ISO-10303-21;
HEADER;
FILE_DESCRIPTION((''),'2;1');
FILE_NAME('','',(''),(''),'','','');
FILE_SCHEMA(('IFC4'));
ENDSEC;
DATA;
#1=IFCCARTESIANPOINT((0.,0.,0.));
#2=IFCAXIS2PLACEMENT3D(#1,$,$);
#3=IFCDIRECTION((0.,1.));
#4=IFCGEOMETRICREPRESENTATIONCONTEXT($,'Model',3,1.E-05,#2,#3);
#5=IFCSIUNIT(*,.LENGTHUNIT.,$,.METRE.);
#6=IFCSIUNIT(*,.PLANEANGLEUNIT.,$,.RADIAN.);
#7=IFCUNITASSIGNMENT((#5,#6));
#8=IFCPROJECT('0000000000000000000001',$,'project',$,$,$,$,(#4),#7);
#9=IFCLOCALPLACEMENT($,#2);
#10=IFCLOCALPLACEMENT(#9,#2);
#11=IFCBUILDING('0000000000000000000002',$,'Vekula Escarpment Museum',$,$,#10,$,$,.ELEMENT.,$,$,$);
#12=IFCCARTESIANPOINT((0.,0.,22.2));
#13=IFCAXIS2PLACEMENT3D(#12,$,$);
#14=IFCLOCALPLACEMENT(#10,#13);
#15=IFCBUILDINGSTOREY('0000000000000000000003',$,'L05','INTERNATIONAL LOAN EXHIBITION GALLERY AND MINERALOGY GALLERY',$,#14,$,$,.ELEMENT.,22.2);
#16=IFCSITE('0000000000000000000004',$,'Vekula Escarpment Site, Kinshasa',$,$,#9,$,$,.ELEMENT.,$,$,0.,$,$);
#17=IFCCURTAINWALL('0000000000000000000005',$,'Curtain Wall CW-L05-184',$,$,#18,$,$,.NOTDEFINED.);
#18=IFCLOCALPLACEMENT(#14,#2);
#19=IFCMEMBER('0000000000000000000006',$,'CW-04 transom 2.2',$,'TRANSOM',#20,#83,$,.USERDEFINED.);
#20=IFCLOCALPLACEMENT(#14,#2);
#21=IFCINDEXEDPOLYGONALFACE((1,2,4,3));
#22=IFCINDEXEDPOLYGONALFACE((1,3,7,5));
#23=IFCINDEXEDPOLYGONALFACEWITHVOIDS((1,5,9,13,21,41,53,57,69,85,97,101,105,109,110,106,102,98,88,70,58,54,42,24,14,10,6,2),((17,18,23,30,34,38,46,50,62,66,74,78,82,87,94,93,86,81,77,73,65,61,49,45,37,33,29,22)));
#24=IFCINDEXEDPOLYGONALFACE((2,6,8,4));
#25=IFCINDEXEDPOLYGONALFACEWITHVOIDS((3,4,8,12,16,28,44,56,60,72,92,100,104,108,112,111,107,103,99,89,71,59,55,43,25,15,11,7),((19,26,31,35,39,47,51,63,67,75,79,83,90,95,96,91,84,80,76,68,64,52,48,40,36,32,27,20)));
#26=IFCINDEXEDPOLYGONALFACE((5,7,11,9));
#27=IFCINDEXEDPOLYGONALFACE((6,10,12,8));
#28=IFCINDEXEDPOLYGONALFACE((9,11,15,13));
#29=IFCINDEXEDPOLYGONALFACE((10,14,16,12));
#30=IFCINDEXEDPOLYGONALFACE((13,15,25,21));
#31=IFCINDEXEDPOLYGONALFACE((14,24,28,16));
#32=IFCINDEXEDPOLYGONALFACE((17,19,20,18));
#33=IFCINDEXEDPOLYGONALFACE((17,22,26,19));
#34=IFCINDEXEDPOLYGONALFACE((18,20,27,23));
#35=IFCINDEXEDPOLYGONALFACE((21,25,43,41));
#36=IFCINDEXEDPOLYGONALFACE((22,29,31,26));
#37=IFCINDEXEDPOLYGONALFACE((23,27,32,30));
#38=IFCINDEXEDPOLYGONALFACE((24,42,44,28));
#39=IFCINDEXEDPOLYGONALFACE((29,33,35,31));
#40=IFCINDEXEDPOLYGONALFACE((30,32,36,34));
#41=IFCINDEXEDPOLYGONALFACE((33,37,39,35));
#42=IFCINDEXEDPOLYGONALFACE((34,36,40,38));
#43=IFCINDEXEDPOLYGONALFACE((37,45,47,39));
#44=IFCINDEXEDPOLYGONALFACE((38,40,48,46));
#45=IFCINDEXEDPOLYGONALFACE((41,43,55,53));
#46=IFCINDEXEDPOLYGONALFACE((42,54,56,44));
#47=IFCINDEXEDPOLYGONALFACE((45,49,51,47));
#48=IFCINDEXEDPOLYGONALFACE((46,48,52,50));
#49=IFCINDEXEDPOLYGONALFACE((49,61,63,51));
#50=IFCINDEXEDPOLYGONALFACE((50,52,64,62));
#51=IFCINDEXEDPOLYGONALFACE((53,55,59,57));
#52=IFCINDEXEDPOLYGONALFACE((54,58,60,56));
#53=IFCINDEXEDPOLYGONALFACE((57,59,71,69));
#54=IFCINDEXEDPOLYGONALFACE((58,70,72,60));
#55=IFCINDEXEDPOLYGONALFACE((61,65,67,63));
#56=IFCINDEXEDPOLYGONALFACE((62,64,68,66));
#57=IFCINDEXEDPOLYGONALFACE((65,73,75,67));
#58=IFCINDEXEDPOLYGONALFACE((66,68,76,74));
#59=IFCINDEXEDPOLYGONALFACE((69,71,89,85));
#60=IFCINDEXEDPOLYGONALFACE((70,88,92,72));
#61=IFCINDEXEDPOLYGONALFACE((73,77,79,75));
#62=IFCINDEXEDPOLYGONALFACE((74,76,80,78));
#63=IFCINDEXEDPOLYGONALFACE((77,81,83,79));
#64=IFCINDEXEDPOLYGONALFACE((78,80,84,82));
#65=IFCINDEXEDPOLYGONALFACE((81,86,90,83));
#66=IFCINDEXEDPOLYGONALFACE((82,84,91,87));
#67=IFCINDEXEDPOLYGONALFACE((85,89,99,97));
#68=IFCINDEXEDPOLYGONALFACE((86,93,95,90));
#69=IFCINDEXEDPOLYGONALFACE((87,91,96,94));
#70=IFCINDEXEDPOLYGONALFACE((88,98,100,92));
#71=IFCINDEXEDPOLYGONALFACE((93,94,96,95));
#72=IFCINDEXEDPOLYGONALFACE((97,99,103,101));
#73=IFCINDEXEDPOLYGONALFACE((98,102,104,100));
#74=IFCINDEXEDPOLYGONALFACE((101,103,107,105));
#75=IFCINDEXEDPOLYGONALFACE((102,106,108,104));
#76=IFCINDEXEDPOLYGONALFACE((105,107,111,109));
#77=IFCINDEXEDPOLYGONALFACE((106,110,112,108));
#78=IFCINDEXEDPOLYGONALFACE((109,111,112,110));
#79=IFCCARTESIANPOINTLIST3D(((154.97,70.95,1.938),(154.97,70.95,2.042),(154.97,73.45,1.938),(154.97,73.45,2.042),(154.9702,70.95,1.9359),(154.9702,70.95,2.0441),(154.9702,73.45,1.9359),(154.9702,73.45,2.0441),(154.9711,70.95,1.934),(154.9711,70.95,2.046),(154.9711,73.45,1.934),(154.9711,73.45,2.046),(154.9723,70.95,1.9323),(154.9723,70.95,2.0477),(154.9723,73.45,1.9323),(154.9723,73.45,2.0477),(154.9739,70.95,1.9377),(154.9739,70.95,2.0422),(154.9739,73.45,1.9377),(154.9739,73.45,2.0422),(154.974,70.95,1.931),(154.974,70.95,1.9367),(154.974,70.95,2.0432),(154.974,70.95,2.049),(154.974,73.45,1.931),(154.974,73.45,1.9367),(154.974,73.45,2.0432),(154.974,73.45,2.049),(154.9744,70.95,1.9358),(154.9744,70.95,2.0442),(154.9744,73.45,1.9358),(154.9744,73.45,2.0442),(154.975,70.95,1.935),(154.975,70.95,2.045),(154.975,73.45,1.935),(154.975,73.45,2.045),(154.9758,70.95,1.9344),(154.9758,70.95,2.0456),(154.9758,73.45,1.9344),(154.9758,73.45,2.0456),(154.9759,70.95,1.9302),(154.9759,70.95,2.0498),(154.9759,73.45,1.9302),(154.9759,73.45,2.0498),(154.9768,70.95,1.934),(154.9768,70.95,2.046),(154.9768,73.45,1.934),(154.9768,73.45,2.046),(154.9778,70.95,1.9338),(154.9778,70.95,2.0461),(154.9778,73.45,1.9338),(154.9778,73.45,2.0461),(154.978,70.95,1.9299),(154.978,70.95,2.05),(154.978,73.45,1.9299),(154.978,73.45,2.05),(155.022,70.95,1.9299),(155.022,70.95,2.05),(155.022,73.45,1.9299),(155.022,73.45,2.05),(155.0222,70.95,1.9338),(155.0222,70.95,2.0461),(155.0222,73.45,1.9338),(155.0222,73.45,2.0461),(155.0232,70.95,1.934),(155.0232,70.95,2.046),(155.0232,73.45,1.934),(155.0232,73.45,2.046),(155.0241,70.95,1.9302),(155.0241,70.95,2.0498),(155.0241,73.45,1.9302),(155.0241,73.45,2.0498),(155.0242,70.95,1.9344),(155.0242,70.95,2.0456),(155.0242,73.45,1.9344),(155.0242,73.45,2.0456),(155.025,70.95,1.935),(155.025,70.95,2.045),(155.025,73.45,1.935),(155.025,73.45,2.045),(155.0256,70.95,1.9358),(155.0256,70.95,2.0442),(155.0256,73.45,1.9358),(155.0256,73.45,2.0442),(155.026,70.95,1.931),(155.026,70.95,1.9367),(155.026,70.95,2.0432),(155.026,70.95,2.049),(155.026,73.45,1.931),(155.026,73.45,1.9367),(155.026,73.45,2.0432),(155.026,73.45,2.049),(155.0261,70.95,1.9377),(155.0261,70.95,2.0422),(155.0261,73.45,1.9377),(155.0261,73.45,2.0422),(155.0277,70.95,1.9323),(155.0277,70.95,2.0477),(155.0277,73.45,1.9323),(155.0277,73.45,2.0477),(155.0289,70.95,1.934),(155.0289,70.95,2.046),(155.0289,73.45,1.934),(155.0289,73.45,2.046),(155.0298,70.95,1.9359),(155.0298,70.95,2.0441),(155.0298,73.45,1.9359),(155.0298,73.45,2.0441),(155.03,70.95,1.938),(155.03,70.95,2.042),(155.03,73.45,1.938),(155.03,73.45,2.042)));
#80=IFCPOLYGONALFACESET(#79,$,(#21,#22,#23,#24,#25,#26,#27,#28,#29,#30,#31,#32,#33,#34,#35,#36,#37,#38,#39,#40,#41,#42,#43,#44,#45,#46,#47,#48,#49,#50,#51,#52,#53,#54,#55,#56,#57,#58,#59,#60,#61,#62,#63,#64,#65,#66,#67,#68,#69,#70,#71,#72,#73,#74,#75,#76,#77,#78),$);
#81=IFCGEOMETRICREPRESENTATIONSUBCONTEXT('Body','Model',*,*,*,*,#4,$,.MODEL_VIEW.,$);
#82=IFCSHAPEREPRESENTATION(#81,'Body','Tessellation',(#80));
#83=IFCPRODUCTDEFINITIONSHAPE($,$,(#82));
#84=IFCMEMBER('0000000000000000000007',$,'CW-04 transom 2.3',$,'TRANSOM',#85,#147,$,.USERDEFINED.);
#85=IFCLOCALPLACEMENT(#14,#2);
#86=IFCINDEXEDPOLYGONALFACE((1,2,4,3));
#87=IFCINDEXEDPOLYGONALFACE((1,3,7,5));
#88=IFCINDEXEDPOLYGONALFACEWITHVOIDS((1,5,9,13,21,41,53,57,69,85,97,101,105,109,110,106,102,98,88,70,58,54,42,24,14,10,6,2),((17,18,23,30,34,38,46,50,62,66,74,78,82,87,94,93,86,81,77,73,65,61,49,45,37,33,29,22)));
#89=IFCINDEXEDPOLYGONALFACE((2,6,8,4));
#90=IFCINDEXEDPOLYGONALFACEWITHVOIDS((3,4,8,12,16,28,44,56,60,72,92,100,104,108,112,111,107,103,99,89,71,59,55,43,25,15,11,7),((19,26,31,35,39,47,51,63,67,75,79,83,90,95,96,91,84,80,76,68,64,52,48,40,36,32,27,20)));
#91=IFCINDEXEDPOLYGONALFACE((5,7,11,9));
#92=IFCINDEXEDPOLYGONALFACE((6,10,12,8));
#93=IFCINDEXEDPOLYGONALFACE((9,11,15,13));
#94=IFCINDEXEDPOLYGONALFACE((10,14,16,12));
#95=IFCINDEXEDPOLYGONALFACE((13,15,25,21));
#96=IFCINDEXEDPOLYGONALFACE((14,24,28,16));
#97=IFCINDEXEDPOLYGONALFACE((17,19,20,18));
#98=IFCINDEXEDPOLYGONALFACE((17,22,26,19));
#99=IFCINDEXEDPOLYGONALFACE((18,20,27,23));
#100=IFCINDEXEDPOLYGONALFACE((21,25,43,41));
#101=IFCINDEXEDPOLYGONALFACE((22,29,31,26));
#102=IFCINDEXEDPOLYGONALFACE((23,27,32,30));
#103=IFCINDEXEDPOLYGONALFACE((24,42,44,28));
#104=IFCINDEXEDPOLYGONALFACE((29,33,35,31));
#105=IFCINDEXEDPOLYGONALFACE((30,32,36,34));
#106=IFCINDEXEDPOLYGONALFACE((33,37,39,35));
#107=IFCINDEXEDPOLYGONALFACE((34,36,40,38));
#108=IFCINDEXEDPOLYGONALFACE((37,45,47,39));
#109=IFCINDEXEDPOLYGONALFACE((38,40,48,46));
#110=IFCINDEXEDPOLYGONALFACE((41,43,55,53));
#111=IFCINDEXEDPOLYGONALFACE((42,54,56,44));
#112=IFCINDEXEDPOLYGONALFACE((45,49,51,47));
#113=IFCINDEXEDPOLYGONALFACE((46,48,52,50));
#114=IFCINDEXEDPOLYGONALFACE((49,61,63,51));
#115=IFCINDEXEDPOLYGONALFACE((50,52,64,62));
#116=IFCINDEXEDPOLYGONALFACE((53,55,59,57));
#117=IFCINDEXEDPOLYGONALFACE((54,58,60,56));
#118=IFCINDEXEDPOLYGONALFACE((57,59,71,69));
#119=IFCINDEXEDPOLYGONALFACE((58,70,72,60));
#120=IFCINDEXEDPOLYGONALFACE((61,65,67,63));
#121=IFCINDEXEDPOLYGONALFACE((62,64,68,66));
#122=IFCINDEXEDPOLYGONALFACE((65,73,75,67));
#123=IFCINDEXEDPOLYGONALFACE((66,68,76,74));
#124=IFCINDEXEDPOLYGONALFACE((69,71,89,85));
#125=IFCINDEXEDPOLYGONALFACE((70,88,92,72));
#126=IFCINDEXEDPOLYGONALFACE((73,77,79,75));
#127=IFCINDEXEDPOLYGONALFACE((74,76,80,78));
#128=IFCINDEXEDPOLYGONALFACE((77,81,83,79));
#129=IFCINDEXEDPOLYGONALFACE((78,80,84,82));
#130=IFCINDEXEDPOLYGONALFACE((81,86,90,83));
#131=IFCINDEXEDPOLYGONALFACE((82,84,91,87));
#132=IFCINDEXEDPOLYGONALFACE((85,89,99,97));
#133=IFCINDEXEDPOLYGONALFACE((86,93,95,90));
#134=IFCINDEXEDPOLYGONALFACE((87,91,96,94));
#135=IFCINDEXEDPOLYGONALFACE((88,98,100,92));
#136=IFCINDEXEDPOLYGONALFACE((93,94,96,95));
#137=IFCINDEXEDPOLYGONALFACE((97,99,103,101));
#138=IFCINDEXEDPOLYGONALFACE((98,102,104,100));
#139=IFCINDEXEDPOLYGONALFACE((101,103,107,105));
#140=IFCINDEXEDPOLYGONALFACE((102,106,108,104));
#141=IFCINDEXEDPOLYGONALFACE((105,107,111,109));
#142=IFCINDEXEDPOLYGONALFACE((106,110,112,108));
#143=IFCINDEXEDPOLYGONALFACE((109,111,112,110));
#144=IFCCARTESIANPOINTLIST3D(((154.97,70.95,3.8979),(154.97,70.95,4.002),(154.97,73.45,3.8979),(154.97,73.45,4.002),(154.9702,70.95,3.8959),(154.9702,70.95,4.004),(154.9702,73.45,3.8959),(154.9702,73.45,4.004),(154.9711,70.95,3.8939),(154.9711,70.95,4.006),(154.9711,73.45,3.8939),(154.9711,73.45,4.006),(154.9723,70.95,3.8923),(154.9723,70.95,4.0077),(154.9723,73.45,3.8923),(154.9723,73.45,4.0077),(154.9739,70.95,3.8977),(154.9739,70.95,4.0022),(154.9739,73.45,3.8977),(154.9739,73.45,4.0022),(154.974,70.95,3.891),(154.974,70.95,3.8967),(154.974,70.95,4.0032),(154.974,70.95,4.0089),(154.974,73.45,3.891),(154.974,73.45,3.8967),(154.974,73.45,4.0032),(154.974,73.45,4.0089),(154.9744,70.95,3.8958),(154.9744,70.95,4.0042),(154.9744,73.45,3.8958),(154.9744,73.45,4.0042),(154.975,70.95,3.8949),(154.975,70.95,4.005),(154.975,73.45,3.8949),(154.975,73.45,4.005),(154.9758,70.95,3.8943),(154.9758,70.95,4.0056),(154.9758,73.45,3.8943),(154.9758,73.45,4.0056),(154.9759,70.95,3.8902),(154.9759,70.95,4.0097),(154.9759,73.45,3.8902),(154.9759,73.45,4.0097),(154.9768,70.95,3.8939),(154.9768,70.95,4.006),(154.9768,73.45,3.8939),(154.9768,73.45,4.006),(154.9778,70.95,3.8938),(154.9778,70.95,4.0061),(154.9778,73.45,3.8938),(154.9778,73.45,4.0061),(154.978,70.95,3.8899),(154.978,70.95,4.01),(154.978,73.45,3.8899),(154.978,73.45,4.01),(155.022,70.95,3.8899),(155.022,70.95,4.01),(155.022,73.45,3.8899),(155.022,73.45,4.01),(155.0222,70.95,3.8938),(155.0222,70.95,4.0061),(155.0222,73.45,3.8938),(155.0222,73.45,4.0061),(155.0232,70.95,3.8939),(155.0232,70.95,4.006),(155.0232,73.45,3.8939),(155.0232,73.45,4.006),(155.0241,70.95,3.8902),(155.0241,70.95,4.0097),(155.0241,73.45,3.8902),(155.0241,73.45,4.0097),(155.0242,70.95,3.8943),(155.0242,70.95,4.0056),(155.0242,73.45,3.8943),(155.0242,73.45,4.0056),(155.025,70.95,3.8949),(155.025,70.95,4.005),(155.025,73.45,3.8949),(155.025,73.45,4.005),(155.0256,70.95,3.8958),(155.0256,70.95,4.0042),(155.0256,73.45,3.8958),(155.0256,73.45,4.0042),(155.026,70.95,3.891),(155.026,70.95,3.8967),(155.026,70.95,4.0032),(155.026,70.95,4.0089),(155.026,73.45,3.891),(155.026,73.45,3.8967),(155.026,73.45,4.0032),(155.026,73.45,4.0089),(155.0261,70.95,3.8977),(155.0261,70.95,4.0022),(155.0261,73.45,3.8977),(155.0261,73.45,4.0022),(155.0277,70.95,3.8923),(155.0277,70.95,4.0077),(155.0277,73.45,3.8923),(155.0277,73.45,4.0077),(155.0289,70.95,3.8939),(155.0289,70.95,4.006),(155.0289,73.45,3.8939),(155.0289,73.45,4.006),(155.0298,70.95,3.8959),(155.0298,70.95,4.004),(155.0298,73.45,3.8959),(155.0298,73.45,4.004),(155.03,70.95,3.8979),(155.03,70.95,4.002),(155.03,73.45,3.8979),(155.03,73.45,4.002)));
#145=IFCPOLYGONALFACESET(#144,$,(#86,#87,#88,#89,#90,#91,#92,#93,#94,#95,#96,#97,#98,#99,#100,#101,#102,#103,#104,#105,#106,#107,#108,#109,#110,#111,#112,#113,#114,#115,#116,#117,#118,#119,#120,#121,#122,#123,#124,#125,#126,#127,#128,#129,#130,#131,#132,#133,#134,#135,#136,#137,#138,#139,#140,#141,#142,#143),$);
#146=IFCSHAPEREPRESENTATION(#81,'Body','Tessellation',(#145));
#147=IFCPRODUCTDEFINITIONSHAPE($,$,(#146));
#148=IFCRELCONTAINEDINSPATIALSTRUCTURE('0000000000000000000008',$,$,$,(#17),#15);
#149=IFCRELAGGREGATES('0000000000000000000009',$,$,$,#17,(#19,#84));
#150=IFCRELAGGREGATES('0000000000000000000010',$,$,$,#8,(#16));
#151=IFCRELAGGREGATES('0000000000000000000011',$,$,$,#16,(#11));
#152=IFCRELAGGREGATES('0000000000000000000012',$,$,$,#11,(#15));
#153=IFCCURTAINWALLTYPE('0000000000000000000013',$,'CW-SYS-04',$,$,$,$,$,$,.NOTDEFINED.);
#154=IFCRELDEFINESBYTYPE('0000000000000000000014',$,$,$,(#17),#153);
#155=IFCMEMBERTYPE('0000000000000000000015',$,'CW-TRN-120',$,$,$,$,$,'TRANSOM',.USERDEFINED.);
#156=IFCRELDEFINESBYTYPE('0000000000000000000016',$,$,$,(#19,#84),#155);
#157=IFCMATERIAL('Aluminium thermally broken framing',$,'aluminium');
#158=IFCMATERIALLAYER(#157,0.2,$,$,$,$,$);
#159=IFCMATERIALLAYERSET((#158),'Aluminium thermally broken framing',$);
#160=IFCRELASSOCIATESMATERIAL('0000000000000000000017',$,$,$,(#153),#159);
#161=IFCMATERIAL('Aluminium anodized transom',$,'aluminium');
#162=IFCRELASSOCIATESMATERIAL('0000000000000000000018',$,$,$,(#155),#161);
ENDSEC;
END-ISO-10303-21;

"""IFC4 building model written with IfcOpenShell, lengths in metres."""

from ifc_helpers import new_model, si_unit, direction, frame, origin, origin_2d, place, context, subcontext, project, spatial, hollow_rectangle, extrude, material, layer, layer_set, material_profile, profile_set, type_object, element, aggregate, save


model = new_model("IFC4")

# Units and contexts
model_context = context("Model", 3, precision=1e-05, world=origin(), true_north=direction((0.0, 1.0)))
body_context = subcontext(model_context, "Body", "Model", "MODEL_VIEW")
ifc_project = project(units=[si_unit("LENGTHUNIT", "METRE"), si_unit("PLANEANGLEUNIT", "RADIAN")], contexts=[model_context])

# Site, building, storey
site_placement = place(None, origin())
site = spatial("IfcSite", under=ifc_project, at=site_placement, Name="Vekula Escarpment Site, Kinshasa", CompositionType="ELEMENT", RefElevation=0.0)
building_placement = place(site_placement, origin())
building = spatial("IfcBuilding", under=site, at=building_placement, Name="Vekula Escarpment Museum", CompositionType="ELEMENT")
storey_placement = place(building_placement, frame((0.0, 0.0, 22.2)))
storey = spatial("IfcBuildingStorey", under=building, at=storey_placement, Name="L05", Description="INTERNATIONAL LOAN EXHIBITION GALLERY AND MINERALOGY GALLERY", CompositionType="ELEMENT", Elevation=22.2)

# Curtain wall, members
ifc_material_1 = material(Name="Aluminium thermally broken framing", Category="aluminium")
ifc_layer_1 = layer(ifc_material_1, 0.2)
ifc_layer_set_1 = layer_set([ifc_layer_1], Name="Aluminium thermally broken framing")
curtain_wall_type = type_object("IfcCurtainWallType", Name="CW-SYS-04", PredefinedType="NOTDEFINED", material=ifc_layer_set_1)
curtain_wall_placement = place(storey_placement, origin())
curtain_wall = element("IfcCurtainWall", 1, at=curtain_wall_placement, inside=storey, type_object=curtain_wall_type, Name="Curtain Wall CW-L05-184", PredefinedType="NOTDEFINED")
ifc_material_2 = material(Name="Aluminium anodized transom", Category="aluminium")
ifc_material_profile_1 = material_profile(ifc_material_2, hollow_rectangle(XDim=0.0601, YDim=0.1201, WallThickness=0.0039, InnerFilletRadius=0.0039, OuterFilletRadius=0.0081, at=origin_2d()), Name="ALU 120x60x4")
ifc_profile_set_1 = profile_set([ifc_material_profile_1], Name="Aluminium anodized transom")
member_type_1 = type_object("IfcMemberType", Name="CW-TRN-120", ElementType="TRANSOM", PredefinedType="USERDEFINED", material=ifc_profile_set_1)
member_1_placement = place(storey_placement, frame((155.0, 73.45, 1.99), z_axis=(0.0, -1.0, 0.0), x_axis=(1.0, 0.0, 0.0)))
member_1 = element("IfcMember", 2, at=member_1_placement, type_object=member_type_1, Name="CW-04 transom 2.2", ObjectType="TRANSOM", PredefinedType="USERDEFINED", context=body_context, shape_type="SweptSolid", body=[
    extrude(hollow_rectangle(XDim=0.0601, YDim=0.1201, WallThickness=0.0039, InnerFilletRadius=0.0039, OuterFilletRadius=0.0081, at=origin_2d()), origin(), (0.0, 0.0, 1.0), 2.5),
])
member_2_placement = place(storey_placement, frame((155.0, 73.45, 3.95), z_axis=(0.0, -1.0, 0.0), x_axis=(1.0, 0.0, 0.0)))
member_2 = element("IfcMember", 3, at=member_2_placement, type_object=member_type_1, Name="CW-04 transom 2.3", ObjectType="TRANSOM", PredefinedType="USERDEFINED", context=body_context, shape_type="SweptSolid", body=[
    extrude(hollow_rectangle(XDim=0.0601, YDim=0.1201, WallThickness=0.0039, InnerFilletRadius=0.0039, OuterFilletRadius=0.0081, at=origin_2d()), origin(), (0.0, 0.0, 1.0), 2.5),
])
aggregate(curtain_wall, [member_1, member_2])

save(model, "model.ifc")
